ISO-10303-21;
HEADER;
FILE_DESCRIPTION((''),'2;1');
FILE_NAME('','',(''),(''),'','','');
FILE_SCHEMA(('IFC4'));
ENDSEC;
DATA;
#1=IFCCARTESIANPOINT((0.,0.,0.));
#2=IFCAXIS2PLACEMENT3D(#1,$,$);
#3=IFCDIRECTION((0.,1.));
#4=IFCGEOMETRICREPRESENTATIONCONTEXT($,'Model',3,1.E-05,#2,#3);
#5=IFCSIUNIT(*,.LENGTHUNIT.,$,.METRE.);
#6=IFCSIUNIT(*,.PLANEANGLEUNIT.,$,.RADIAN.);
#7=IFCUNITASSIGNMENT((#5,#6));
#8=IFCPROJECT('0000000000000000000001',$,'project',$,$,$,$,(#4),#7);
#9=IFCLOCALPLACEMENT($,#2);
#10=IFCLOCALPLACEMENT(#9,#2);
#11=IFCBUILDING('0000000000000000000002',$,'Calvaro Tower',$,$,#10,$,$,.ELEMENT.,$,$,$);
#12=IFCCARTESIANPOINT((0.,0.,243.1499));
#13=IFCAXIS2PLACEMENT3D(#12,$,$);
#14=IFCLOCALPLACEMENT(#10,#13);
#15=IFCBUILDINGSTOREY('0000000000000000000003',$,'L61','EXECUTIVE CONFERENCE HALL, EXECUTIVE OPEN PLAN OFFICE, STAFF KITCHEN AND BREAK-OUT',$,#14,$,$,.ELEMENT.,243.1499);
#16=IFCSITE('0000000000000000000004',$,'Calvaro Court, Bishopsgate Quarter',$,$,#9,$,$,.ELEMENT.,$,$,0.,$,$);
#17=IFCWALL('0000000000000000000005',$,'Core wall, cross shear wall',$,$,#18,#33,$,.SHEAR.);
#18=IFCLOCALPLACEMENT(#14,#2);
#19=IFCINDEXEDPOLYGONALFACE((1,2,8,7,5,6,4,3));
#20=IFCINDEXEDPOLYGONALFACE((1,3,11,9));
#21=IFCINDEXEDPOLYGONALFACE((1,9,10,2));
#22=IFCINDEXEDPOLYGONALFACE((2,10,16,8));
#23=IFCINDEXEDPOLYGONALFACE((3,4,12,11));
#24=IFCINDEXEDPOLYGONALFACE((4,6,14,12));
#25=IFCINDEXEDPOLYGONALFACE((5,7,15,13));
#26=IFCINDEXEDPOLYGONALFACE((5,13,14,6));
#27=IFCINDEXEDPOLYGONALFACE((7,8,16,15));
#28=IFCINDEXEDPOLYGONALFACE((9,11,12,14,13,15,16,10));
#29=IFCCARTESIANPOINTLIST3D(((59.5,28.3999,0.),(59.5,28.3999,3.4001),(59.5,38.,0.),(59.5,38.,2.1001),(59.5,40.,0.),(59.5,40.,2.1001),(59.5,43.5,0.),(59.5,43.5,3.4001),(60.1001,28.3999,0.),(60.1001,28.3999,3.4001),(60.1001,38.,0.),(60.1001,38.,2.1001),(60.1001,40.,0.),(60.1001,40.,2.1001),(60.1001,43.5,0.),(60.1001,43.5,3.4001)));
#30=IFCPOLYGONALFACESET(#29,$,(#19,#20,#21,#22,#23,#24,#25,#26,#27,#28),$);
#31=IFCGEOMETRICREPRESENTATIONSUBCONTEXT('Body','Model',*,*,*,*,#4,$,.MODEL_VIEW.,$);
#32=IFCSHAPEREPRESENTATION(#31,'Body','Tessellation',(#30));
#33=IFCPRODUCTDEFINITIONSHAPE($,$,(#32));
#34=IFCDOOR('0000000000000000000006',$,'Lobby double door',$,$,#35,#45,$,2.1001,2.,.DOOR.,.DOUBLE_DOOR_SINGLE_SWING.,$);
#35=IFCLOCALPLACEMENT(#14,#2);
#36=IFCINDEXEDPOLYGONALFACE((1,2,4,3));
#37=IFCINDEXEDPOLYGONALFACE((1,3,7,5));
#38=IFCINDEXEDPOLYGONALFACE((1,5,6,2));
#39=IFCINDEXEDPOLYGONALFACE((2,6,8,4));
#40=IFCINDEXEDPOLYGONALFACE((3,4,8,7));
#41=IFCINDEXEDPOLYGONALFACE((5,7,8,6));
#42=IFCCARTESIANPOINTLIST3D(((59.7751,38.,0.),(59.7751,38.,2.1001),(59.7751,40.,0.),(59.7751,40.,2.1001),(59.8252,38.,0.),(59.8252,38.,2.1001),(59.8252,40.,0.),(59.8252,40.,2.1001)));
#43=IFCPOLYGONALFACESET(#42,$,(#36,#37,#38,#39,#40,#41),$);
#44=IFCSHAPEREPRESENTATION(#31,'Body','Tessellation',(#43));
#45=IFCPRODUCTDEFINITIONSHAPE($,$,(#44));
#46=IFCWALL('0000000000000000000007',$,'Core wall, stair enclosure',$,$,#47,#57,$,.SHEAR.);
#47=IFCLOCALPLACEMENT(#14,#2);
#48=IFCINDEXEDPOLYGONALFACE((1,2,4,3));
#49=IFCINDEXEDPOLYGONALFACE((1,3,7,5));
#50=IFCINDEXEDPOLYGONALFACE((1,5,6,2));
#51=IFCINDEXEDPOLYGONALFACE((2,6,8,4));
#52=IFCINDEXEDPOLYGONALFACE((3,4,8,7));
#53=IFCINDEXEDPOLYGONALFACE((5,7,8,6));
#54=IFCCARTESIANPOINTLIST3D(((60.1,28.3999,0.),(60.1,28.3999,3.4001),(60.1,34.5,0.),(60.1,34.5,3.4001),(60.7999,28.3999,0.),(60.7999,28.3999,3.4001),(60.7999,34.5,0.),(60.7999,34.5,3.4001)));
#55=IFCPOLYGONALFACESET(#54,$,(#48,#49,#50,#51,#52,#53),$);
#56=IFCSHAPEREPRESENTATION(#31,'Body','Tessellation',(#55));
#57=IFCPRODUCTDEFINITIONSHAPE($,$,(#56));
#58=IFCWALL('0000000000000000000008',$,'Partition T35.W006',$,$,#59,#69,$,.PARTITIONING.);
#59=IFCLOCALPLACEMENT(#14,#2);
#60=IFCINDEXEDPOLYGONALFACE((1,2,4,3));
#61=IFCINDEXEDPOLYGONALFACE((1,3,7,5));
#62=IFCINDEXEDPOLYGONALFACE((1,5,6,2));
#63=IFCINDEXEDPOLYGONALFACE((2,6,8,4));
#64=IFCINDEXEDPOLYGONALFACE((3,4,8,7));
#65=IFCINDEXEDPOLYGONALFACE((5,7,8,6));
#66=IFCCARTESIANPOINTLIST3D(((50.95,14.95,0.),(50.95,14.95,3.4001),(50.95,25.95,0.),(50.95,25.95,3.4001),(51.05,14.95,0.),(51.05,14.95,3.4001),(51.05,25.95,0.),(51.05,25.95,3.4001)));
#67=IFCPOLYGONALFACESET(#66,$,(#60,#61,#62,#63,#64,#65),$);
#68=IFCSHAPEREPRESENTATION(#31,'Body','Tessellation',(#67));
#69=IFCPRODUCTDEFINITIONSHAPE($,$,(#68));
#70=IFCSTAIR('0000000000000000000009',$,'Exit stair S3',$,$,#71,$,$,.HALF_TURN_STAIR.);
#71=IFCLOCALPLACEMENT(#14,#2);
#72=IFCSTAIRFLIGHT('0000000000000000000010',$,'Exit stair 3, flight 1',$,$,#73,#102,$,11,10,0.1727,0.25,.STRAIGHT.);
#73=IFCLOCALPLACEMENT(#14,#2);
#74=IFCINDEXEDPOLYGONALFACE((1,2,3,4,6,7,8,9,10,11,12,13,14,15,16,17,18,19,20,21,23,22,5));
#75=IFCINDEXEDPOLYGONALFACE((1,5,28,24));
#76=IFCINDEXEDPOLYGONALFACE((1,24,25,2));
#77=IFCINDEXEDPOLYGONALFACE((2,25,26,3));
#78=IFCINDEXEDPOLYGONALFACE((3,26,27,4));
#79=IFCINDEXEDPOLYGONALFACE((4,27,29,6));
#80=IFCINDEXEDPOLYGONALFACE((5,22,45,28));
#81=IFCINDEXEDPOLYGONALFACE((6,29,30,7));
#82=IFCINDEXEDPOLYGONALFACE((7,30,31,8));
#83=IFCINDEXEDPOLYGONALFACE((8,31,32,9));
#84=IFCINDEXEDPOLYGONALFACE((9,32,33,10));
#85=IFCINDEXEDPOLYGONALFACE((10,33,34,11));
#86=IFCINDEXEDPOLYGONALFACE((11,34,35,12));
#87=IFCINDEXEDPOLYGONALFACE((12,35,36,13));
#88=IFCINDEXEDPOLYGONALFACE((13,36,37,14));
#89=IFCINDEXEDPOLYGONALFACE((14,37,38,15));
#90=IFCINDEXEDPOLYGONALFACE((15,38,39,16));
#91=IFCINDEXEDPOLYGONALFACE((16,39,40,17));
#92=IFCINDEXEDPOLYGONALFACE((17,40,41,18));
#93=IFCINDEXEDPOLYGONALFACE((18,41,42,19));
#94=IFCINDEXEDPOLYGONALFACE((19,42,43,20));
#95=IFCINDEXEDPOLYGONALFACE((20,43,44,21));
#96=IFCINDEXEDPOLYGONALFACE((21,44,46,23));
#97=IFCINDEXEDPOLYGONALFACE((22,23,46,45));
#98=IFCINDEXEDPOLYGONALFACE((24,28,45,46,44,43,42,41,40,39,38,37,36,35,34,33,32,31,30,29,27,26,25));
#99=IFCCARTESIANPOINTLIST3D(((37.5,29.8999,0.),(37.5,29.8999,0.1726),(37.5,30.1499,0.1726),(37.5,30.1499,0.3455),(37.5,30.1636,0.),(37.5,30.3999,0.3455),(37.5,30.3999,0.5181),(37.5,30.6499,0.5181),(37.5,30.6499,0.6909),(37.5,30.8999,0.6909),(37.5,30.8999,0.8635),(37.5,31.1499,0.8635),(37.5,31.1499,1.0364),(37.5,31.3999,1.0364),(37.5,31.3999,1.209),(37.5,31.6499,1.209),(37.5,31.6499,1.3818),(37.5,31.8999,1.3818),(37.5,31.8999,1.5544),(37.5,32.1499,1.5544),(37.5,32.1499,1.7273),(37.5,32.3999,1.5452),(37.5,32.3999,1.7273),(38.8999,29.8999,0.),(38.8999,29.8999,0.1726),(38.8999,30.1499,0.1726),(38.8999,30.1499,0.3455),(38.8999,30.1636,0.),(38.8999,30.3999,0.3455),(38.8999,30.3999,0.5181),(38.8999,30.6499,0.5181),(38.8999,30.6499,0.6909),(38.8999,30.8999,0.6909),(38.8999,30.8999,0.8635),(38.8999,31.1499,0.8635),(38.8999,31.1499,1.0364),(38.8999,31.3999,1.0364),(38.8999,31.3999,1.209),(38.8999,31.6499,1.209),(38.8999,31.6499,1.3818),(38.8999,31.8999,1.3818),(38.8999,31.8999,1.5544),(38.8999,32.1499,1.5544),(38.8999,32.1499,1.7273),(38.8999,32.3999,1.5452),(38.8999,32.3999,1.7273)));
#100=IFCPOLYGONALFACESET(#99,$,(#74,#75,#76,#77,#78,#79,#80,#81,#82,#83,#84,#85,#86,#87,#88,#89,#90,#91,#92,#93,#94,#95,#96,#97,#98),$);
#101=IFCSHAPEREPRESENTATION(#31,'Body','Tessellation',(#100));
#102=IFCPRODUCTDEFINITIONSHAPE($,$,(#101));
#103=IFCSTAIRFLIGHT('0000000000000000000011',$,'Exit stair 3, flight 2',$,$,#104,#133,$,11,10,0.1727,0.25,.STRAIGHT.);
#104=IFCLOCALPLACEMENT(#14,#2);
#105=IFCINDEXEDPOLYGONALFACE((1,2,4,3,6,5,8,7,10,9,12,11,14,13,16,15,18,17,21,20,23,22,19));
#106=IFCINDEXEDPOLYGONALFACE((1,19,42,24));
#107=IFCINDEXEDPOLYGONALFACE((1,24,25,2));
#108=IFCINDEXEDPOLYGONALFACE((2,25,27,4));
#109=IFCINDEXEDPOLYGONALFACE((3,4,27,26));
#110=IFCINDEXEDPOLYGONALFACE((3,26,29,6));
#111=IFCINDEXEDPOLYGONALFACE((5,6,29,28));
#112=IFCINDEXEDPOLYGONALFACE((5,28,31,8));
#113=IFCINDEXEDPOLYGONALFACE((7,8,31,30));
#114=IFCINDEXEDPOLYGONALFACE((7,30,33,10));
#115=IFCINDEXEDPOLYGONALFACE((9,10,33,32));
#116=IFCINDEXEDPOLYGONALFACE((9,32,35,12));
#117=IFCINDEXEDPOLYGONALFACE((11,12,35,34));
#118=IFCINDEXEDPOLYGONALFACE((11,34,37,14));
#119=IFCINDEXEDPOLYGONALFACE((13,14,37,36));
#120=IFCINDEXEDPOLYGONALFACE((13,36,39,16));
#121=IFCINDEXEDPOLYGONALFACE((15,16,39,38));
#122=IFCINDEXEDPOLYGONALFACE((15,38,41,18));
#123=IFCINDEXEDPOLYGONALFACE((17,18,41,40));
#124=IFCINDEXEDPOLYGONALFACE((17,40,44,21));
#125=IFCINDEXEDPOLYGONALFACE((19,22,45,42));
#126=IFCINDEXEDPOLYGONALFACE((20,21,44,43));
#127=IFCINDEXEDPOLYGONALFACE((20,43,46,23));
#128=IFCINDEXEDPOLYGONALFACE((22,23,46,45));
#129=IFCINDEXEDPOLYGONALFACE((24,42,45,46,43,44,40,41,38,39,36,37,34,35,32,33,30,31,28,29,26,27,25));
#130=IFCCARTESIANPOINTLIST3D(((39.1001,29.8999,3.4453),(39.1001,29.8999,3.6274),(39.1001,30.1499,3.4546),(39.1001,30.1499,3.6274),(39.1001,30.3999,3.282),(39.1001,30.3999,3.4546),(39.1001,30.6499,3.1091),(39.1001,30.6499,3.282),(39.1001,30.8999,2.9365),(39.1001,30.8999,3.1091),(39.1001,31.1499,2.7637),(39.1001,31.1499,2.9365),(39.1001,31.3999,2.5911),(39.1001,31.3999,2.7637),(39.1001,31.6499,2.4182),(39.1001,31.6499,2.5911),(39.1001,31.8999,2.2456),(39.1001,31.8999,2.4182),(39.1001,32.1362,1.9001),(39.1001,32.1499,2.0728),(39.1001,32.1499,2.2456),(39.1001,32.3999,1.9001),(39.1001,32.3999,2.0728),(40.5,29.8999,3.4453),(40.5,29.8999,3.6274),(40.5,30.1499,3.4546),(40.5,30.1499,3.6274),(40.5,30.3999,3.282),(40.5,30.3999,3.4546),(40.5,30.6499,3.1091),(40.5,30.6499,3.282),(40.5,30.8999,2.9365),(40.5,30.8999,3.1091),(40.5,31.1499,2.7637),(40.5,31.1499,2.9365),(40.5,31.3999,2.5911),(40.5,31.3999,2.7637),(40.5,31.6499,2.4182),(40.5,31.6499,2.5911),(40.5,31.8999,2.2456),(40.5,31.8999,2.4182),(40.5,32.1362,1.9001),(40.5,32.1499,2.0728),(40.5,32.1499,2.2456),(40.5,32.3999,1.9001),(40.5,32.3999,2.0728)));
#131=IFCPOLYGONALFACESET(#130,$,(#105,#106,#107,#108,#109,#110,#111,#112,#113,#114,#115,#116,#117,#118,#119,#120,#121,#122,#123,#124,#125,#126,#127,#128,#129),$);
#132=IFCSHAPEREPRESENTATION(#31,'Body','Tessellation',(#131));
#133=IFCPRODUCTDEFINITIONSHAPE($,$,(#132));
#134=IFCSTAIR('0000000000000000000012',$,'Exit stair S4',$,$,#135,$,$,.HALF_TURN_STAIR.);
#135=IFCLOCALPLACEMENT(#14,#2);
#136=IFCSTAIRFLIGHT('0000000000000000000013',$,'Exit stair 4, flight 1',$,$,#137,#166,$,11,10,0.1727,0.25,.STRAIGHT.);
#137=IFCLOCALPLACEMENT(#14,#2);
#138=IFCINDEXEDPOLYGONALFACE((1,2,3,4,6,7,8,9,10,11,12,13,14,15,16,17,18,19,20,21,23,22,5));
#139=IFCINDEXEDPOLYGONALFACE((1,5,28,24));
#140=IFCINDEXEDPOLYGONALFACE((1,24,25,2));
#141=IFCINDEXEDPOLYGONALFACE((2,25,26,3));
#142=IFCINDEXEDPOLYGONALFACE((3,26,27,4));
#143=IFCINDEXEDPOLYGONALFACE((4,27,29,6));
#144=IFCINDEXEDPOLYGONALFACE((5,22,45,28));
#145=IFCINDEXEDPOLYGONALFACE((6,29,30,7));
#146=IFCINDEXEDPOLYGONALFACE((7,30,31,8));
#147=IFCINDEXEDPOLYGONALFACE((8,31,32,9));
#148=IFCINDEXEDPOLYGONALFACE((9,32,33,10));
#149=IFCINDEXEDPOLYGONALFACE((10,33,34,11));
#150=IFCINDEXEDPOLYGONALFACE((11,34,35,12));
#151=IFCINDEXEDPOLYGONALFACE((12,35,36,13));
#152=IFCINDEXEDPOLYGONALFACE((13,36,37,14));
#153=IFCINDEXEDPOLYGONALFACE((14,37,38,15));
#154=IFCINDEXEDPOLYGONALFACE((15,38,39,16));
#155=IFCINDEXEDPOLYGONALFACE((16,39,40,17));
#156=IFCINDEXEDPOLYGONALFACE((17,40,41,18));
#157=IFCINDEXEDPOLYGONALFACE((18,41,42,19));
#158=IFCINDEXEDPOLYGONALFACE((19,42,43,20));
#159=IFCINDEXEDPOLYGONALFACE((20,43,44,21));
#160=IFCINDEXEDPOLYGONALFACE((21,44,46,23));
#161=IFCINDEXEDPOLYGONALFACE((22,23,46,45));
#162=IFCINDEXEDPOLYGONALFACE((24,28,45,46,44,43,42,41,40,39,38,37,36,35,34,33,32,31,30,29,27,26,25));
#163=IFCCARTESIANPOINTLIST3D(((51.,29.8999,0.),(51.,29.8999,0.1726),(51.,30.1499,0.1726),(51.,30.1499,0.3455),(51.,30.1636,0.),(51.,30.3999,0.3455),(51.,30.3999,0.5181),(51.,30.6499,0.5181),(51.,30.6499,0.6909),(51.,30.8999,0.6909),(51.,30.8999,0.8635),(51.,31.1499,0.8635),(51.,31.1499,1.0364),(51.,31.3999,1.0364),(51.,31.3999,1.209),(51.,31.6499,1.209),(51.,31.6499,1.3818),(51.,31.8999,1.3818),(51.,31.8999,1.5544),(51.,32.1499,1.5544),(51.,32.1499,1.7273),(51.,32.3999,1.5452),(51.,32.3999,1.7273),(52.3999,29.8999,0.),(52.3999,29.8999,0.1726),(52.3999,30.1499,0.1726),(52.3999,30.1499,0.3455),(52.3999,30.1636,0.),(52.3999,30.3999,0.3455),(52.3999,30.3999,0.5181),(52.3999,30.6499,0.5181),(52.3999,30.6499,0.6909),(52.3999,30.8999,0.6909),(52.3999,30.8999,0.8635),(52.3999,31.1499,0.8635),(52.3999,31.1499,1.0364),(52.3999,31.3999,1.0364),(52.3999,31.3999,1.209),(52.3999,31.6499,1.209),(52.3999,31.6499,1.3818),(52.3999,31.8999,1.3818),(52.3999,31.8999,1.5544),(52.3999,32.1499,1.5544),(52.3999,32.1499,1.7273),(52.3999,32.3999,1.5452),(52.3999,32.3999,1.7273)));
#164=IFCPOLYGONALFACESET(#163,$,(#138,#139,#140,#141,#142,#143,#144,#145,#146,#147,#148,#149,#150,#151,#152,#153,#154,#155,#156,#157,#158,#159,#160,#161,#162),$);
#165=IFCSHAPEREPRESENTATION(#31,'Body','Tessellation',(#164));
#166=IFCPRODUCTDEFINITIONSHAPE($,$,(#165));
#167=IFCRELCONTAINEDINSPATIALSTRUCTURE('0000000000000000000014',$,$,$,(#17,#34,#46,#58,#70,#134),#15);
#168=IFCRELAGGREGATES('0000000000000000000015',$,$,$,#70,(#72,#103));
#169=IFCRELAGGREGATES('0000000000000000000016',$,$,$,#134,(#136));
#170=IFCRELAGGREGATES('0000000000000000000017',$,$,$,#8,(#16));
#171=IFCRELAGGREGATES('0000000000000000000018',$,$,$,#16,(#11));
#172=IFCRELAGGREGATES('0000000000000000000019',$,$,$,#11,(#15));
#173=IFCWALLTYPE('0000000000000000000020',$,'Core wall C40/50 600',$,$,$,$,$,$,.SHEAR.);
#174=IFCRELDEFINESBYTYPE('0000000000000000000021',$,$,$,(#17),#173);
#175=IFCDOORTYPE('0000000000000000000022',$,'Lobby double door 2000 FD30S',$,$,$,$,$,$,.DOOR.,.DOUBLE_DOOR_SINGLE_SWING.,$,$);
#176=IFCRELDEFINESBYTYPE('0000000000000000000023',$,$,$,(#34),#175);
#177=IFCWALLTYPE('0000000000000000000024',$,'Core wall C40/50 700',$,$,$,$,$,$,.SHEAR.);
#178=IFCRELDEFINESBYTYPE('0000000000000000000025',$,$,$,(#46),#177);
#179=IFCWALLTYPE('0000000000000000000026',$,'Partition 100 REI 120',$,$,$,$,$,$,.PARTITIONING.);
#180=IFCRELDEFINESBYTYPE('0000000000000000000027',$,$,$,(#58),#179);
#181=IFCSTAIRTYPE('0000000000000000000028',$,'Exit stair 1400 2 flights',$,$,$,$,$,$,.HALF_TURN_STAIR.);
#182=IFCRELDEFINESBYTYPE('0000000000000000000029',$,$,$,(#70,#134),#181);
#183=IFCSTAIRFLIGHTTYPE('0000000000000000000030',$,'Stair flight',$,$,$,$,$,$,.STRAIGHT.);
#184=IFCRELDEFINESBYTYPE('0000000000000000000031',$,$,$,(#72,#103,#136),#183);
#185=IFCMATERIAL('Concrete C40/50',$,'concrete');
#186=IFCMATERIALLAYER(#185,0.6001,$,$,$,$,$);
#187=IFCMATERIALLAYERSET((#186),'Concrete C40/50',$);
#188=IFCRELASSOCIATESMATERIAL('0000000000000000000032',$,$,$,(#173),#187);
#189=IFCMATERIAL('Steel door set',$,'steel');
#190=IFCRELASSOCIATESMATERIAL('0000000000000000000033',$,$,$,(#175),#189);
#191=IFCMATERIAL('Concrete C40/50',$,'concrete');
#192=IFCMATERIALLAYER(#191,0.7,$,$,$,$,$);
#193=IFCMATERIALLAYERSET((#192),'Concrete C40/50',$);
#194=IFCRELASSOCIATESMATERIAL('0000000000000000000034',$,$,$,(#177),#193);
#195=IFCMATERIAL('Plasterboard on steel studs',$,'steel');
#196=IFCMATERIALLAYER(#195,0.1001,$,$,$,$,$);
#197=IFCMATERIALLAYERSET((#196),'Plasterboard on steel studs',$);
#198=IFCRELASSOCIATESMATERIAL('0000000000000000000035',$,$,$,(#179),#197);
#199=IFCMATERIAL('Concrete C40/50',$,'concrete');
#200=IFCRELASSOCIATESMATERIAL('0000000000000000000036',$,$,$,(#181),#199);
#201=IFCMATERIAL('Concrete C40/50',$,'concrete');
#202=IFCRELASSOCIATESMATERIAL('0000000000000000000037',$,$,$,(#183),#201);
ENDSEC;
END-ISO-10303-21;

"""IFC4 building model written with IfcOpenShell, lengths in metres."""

from ifc_helpers import new_model, si_unit, direction, frame, frame_2d, origin, place, context, subcontext, project, spatial, polyline, rectangle, outline, extrude, material, layer, layer_set, type_object, element, fill, aggregate, save


model = new_model("IFC4")

# Units and contexts
model_context = context("Model", 3, precision=1e-05, world=origin(), true_north=direction((0.0, 1.0)))
body_context = subcontext(model_context, "Body", "Model", "MODEL_VIEW")
ifc_project = project(units=[si_unit("LENGTHUNIT", "METRE"), si_unit("PLANEANGLEUNIT", "RADIAN")], contexts=[model_context])

# Site, building, storey
site_placement = place(None, origin())
site = spatial("IfcSite", under=ifc_project, at=site_placement, Name="Calvaro Court, Bishopsgate Quarter", CompositionType="ELEMENT", RefElevation=0.0)
building_placement = place(site_placement, origin())
building = spatial("IfcBuilding", under=site, at=building_placement, Name="Calvaro Tower", CompositionType="ELEMENT")
storey_placement = place(building_placement, frame((0.0, 0.0, 243.1499)))
storey = spatial("IfcBuildingStorey", under=building, at=storey_placement, Name="L61", Description="EXECUTIVE CONFERENCE HALL, EXECUTIVE OPEN PLAN OFFICE, STAFF KITCHEN AND BREAK-OUT", CompositionType="ELEMENT", Elevation=243.1499)

# Wall, opening, door
ifc_material_1 = material(Name="Concrete C40/50", Category="concrete")
ifc_layer_1 = layer(ifc_material_1, 0.6001)
ifc_layer_set_1 = layer_set([ifc_layer_1], Name="Concrete C40/50")
wall_type_1 = type_object("IfcWallType", Name="Core wall C40/50 600", PredefinedType="SHEAR", material=ifc_layer_set_1)
wall_1_placement = place(storey_placement, frame((59.8, 28.3999, 0.0), z_axis=(0.0, 0.0, 1.0), x_axis=(0.0, 1.0, 0.0)))
wall_1 = element("IfcWall", 1, at=wall_1_placement, inside=storey, type_object=wall_type_1, Name="Core wall, cross shear wall", PredefinedType="SHEAR", context=body_context, shape_type="SweptSolid", body=[
    extrude(rectangle(XDim=15.1001, YDim=0.6001, at=frame_2d((7.55, 0.0))), origin(), (0.0, 0.0, 1.0), 3.4001),
])
opening_placement = place(wall_1_placement, frame((9.6001, 0.0, 0.0)))
opening = element("IfcOpeningElement", 2, at=opening_placement, cuts=wall_1, PredefinedType="OPENING", context=body_context, shape_type="SweptSolid", body=[
    extrude(rectangle(XDim=2.0, YDim=2.1001, at=frame_2d((1.0, 1.05))), frame((0.0, 0.3101, 0.0), z_axis=(0.0, -1.0, 0.0), x_axis=(1.0, 0.0, 0.0)), (0.0, 0.0, 1.0), 0.6201),
])
ifc_material_2 = material(Name="Steel door set", Category="steel")
door_type = type_object("IfcDoorType", Name="Lobby double door 2000 FD30S", OperationType="DOUBLE_DOOR_SINGLE_SWING", PredefinedType="DOOR", material=ifc_material_2)
door_placement = place(opening_placement, origin())
door = element("IfcDoor", 3, at=door_placement, inside=storey, type_object=door_type, Name="Lobby double door", OperationType="DOUBLE_DOOR_SINGLE_SWING", OverallHeight=2.1001, OverallWidth=2.0, PredefinedType="DOOR", context=body_context, shape_type="SweptSolid", body=[
    extrude(rectangle(XDim=2.0, YDim=2.1001, at=frame_2d((1.0, 1.05))), frame((0.0, 0.0249, 0.0), z_axis=(0.0, -1.0, 0.0), x_axis=(1.0, 0.0, 0.0)), (0.0, 0.0, 1.0), 0.05),
])
fill(opening, door)

# Walls
ifc_material_3 = material(Name="Concrete C40/50", Category="concrete")
ifc_layer_2 = layer(ifc_material_3, 0.7)
ifc_layer_set_2 = layer_set([ifc_layer_2], Name="Concrete C40/50")
wall_type_2 = type_object("IfcWallType", Name="Core wall C40/50 700", PredefinedType="SHEAR", material=ifc_layer_set_2)
wall_2_placement = place(storey_placement, frame((60.45, 28.3999, 0.0), z_axis=(0.0, 0.0, 1.0), x_axis=(0.0, 1.0, 0.0)))
element("IfcWall", 4, at=wall_2_placement, inside=storey, type_object=wall_type_2, Name="Core wall, stair enclosure", PredefinedType="SHEAR", context=body_context, shape_type="SweptSolid", body=[
    extrude(rectangle(XDim=6.1001, YDim=0.7, at=frame_2d((3.05, 0.0))), origin(), (0.0, 0.0, 1.0), 3.4001),
])
ifc_material_4 = material(Name="Plasterboard on steel studs", Category="steel")
ifc_layer_3 = layer(ifc_material_4, 0.1001)
ifc_layer_set_3 = layer_set([ifc_layer_3], Name="Plasterboard on steel studs")
wall_type_3 = type_object("IfcWallType", Name="Partition 100 REI 120", PredefinedType="PARTITIONING", material=ifc_layer_set_3)
wall_3_placement = place(storey_placement, frame((51.0, 14.95, 0.0), z_axis=(0.0, 0.0, 1.0), x_axis=(0.0, 1.0, 0.0)))
element("IfcWall", 5, at=wall_3_placement, inside=storey, type_object=wall_type_3, Name="Partition T35.W006", PredefinedType="PARTITIONING", context=body_context, shape_type="SweptSolid", body=[
    extrude(rectangle(XDim=11.0, YDim=0.1001, at=frame_2d((5.5, 0.0))), origin(), (0.0, 0.0, 1.0), 3.4001),
])

# Stairs, stair flights
ifc_material_5 = material(Name="Concrete C40/50", Category="concrete")
stair_type = type_object("IfcStairType", Name="Exit stair 1400 2 flights", PredefinedType="HALF_TURN_STAIR", material=ifc_material_5)
stair_1_placement = place(storey_placement, origin())
stair_1 = element("IfcStair", 6, at=stair_1_placement, inside=storey, type_object=stair_type, Name="Exit stair S3", PredefinedType="HALF_TURN_STAIR")
ifc_material_6 = material(Name="Concrete C40/50", Category="concrete")
stair_flight_type = type_object("IfcStairFlightType", Name="Stair flight", PredefinedType="STRAIGHT", material=ifc_material_6)
stair_flight_1_placement = place(storey_placement, frame((38.2, 29.8999, 0.0), z_axis=(0.0, 0.0, 1.0), x_axis=(0.0, 1.0, 0.0)))
stair_flight_1 = element("IfcStairFlight", 7, at=stair_flight_1_placement, type_object=stair_flight_type, Name="Exit stair 3, flight 1", NumberOfRisers=11, NumberOfTreads=10, PredefinedType="STRAIGHT", RiserHeight=0.1727, TreadLength=0.25, context=body_context, shape_type="SweptSolid", body=[
    extrude(outline(polyline([(0.0, 0.0), (0.0, 0.1726), (0.25, 0.1726), (0.25, 0.3455), (0.5, 0.3455), (0.5, 0.5181), (0.75, 0.5181), (0.75, 0.6909), (1.0, 0.6909), (1.0, 0.8635), (1.25, 0.8635), (1.25, 1.0364), (1.5, 1.0364), (1.5, 1.209), (1.75, 1.209), (1.75, 1.3818), (2.0, 1.3818), (2.0, 1.5544), (2.25, 1.5544), (2.25, 1.7273), (2.5, 1.7273), (2.5, 1.8999), (2.5, 1.5452), (0.2637, 0.0), (0.0, 0.0)])), frame((0.0, 0.7, 0.0), z_axis=(0.0, -1.0, 0.0), x_axis=(1.0, 0.0, 0.0)), (0.0, 0.0, 1.0), 1.3999),
])
stair_flight_2_placement = place(storey_placement, frame((39.8, 32.3999, 1.9001), z_axis=(0.0, 0.0, 1.0), x_axis=(0.0, -1.0, 0.0)))
stair_flight_2 = element("IfcStairFlight", 8, at=stair_flight_2_placement, type_object=stair_flight_type, Name="Exit stair 3, flight 2", NumberOfRisers=11, NumberOfTreads=10, PredefinedType="STRAIGHT", RiserHeight=0.1727, TreadLength=0.25, context=body_context, shape_type="SweptSolid", body=[
    extrude(outline(polyline([(0.0, 0.0), (0.0, 0.1726), (0.25, 0.1726), (0.25, 0.3455), (0.5, 0.3455), (0.5, 0.5181), (0.75, 0.5181), (0.75, 0.6909), (1.0, 0.6909), (1.0, 0.8635), (1.25, 0.8635), (1.25, 1.0364), (1.5, 1.0364), (1.5, 1.209), (1.75, 1.209), (1.75, 1.3818), (2.0, 1.3818), (2.0, 1.5544), (2.25, 1.5544), (2.25, 1.7273), (2.5, 1.7273), (2.5, 1.8999), (2.5, 1.5452), (0.2637, 0.0), (0.0, 0.0)])), frame((0.0, 0.7, 0.0), z_axis=(0.0, -1.0, 0.0), x_axis=(1.0, 0.0, 0.0)), (0.0, 0.0, 1.0), 1.3999),
])
stair_2_placement = place(storey_placement, origin())
stair_2 = element("IfcStair", 9, at=stair_2_placement, inside=storey, type_object=stair_type, Name="Exit stair S4", PredefinedType="HALF_TURN_STAIR")
stair_flight_3_placement = place(storey_placement, frame((51.7, 29.8999, 0.0), z_axis=(0.0, 0.0, 1.0), x_axis=(0.0, 1.0, 0.0)))
stair_flight_3 = element("IfcStairFlight", 10, at=stair_flight_3_placement, type_object=stair_flight_type, Name="Exit stair 4, flight 1", NumberOfRisers=11, NumberOfTreads=10, PredefinedType="STRAIGHT", RiserHeight=0.1727, TreadLength=0.25, context=body_context, shape_type="SweptSolid", body=[
    extrude(outline(polyline([(0.0, 0.0), (0.0, 0.1726), (0.25, 0.1726), (0.25, 0.3455), (0.5, 0.3455), (0.5, 0.5181), (0.75, 0.5181), (0.75, 0.6909), (1.0, 0.6909), (1.0, 0.8635), (1.25, 0.8635), (1.25, 1.0364), (1.5, 1.0364), (1.5, 1.209), (1.75, 1.209), (1.75, 1.3818), (2.0, 1.3818), (2.0, 1.5544), (2.25, 1.5544), (2.25, 1.7273), (2.5, 1.7273), (2.5, 1.8999), (2.5, 1.5452), (0.2637, 0.0), (0.0, 0.0)])), frame((0.0, 0.7, 0.0), z_axis=(0.0, -1.0, 0.0), x_axis=(1.0, 0.0, 0.0)), (0.0, 0.0, 1.0), 1.3999),
])

aggregate(stair_1, [stair_flight_1, stair_flight_2])
aggregate(stair_2, [stair_flight_3])

save(model, "model.ifc")
